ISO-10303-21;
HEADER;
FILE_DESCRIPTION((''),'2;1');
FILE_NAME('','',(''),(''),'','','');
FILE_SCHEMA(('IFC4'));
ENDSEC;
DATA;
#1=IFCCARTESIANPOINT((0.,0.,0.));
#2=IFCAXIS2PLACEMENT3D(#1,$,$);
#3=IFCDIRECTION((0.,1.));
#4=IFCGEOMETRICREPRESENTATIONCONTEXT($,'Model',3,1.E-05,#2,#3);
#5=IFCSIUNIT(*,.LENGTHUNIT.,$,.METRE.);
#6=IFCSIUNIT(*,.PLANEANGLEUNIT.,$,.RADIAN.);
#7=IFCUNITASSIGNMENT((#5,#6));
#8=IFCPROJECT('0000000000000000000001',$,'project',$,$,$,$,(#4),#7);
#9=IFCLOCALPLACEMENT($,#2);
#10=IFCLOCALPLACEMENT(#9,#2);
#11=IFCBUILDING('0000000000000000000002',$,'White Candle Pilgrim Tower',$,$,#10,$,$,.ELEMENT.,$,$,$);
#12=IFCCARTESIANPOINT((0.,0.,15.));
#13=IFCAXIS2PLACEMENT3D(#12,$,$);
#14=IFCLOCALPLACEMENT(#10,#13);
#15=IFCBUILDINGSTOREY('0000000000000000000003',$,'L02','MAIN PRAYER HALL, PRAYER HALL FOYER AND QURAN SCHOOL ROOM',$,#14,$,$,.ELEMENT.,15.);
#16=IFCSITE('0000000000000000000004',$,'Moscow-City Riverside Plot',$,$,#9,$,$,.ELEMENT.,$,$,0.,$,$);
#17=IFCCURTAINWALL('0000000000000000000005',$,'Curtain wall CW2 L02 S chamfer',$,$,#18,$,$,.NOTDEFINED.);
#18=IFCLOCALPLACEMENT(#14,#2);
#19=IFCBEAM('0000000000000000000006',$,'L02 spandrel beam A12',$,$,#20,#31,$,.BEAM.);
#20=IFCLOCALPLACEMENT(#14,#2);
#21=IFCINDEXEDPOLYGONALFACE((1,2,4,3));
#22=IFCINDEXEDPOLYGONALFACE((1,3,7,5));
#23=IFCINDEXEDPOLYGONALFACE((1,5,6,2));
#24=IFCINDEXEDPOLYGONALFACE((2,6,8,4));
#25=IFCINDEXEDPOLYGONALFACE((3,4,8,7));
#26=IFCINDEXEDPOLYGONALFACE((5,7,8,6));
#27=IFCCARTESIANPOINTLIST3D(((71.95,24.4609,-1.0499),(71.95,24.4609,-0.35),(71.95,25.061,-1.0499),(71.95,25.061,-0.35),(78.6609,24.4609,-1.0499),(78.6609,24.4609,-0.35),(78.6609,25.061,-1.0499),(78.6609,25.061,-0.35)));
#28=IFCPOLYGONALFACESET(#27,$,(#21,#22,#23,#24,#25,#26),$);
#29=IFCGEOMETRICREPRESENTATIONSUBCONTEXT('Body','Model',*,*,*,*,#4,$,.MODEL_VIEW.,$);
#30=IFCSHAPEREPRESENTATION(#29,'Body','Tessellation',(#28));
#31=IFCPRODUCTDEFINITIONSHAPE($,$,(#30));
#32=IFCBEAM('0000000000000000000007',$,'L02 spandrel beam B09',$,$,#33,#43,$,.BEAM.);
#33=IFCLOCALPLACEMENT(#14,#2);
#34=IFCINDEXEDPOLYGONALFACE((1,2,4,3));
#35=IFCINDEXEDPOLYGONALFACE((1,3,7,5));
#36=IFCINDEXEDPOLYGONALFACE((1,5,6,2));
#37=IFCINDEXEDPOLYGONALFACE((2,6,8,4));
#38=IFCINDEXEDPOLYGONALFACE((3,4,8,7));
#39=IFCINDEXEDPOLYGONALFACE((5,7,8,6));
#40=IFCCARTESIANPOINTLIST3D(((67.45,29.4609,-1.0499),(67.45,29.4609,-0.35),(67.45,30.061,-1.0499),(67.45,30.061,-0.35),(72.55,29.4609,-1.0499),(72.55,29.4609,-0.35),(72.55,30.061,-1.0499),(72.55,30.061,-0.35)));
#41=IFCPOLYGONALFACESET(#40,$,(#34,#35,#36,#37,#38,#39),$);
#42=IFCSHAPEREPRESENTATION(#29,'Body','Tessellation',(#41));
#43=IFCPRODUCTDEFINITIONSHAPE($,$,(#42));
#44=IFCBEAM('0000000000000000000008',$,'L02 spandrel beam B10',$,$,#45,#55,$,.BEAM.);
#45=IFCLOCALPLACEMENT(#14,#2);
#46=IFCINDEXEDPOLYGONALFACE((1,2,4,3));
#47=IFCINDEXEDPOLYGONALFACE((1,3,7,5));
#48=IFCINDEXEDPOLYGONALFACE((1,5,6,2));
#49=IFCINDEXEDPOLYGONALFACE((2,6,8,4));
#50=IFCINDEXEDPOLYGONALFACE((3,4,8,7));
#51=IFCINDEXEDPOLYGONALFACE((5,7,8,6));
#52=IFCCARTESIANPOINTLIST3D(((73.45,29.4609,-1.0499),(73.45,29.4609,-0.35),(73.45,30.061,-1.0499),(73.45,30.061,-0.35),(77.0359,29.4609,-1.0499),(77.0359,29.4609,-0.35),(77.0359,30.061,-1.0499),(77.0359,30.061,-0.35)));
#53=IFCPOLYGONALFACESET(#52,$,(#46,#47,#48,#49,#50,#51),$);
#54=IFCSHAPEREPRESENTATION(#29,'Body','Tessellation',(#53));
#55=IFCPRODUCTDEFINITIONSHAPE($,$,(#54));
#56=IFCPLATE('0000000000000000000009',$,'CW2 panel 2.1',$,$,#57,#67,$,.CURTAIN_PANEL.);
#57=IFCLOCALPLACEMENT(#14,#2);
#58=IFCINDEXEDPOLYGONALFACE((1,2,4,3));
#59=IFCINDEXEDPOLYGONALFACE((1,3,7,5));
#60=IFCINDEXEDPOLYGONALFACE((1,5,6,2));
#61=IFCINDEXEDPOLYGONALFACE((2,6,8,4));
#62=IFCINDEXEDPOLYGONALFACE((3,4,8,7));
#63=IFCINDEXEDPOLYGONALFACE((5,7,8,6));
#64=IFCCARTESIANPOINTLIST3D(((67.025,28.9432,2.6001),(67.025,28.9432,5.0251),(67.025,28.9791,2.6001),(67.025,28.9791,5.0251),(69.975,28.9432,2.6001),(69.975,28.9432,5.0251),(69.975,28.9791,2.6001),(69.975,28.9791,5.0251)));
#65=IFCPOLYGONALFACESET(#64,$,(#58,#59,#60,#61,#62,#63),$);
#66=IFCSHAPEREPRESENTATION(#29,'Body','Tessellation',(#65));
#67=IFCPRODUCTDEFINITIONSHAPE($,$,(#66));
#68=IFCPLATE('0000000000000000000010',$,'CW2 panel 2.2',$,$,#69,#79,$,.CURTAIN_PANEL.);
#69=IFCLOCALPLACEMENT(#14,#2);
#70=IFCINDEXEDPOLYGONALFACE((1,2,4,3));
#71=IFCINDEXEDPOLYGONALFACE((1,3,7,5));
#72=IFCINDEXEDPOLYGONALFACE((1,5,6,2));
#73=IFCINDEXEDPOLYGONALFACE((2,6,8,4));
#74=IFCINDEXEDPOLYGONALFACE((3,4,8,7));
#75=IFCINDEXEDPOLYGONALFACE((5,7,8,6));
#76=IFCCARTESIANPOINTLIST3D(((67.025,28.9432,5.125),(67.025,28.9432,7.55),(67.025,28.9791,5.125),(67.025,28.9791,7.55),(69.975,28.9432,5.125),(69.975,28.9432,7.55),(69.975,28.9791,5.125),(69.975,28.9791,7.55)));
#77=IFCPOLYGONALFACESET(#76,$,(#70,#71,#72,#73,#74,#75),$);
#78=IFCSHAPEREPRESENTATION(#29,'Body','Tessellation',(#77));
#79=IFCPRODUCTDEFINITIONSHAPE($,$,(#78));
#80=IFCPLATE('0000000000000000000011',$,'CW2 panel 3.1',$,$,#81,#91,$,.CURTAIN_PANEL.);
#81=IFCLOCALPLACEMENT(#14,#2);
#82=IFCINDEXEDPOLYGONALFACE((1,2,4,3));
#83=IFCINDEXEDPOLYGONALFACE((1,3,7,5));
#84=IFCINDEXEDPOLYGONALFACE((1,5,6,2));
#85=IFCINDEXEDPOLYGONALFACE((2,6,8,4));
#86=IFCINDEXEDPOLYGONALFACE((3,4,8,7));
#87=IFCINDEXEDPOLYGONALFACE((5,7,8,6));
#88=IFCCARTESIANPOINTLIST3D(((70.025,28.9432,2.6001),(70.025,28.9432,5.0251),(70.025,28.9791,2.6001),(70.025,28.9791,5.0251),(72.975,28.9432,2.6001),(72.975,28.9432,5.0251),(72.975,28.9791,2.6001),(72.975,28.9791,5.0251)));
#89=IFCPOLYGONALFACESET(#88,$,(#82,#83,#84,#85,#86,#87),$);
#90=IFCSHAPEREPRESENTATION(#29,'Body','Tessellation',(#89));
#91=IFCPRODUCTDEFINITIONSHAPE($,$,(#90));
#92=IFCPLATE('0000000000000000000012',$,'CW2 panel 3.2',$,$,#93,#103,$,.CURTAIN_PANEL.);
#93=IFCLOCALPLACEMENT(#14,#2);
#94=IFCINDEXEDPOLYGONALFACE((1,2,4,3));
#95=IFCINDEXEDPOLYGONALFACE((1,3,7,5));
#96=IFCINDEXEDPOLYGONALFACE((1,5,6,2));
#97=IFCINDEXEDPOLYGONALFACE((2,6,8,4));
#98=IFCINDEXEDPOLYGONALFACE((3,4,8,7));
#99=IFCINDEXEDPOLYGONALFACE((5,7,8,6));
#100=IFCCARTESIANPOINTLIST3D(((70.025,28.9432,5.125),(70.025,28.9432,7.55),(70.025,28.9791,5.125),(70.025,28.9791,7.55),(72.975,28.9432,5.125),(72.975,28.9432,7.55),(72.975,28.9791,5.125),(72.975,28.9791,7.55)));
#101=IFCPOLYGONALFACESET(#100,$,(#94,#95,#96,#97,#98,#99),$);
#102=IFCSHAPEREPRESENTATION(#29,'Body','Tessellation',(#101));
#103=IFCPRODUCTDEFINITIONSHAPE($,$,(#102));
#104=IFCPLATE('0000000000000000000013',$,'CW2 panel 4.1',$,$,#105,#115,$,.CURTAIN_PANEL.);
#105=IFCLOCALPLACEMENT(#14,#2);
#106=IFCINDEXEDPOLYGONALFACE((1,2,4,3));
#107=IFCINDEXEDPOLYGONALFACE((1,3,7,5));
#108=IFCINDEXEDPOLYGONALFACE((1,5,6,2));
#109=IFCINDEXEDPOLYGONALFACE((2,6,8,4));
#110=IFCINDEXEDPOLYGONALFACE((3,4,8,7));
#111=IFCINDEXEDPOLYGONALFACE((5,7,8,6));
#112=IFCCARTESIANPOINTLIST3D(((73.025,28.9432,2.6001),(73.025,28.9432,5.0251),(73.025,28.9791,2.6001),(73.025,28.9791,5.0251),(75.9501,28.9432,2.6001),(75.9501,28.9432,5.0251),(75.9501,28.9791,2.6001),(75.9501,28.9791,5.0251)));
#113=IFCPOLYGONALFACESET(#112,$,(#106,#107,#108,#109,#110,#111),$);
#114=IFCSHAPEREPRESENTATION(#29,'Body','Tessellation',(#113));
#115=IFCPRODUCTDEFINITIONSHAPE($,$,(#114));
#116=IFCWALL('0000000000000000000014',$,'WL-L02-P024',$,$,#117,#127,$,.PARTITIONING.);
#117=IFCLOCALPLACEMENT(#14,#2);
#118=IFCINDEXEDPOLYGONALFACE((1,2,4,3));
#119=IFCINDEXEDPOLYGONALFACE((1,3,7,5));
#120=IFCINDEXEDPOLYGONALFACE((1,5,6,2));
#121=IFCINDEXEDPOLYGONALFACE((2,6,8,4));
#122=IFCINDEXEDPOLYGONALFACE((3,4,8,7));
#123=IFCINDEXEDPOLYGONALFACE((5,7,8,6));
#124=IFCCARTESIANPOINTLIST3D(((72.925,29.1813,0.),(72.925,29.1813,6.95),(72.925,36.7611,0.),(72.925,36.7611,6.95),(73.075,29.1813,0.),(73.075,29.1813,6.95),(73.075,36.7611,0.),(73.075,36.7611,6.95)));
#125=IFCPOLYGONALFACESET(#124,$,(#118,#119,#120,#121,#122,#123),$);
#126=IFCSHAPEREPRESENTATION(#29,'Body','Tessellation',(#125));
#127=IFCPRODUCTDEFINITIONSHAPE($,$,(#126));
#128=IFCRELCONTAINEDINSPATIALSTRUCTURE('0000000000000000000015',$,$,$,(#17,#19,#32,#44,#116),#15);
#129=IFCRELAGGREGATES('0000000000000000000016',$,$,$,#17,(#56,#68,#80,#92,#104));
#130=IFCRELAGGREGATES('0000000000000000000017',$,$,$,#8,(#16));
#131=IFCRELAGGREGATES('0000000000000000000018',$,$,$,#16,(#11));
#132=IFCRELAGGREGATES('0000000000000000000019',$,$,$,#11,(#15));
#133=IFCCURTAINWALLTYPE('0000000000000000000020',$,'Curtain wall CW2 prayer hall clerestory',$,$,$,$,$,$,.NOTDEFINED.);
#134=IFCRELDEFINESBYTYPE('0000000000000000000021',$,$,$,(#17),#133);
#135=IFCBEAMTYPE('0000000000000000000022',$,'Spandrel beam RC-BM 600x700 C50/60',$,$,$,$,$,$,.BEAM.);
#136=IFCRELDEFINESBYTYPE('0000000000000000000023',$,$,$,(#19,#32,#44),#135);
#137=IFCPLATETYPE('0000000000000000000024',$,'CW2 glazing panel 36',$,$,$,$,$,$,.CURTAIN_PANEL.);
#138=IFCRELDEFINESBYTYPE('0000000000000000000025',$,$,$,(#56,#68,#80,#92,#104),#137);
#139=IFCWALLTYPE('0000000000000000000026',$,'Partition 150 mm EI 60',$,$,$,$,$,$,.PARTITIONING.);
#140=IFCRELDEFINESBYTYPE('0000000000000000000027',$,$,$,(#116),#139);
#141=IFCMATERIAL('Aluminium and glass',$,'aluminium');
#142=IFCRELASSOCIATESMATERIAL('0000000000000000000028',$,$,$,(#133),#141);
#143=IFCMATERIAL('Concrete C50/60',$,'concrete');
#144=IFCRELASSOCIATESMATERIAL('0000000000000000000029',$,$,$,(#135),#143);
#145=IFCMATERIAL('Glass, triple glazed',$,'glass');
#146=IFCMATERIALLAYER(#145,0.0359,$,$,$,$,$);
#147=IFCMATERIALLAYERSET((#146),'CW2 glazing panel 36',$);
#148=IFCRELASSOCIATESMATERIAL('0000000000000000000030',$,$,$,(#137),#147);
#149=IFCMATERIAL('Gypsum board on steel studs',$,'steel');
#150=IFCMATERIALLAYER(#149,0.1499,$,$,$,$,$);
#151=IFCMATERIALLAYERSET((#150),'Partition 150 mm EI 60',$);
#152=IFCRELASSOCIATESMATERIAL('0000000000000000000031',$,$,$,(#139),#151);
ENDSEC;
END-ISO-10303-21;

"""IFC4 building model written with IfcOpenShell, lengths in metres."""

from ifc_helpers import new_model, si_unit, direction, frame, frame_2d, origin, origin_2d, place, context, subcontext, project, spatial, rectangle, extrude, material, layer, layer_set, material_profile, profile_set, type_object, element, aggregate, save


model = new_model("IFC4")

# Units and contexts
model_context = context("Model", 3, precision=1e-05, world=origin(), true_north=direction((0.0, 1.0)))
body_context = subcontext(model_context, "Body", "Model", "MODEL_VIEW")
ifc_project = project(units=[si_unit("LENGTHUNIT", "METRE"), si_unit("PLANEANGLEUNIT", "RADIAN")], contexts=[model_context])

# Site, building, storey
site_placement = place(None, origin())
site = spatial("IfcSite", under=ifc_project, at=site_placement, Name="Moscow-City Riverside Plot", CompositionType="ELEMENT", RefElevation=0.0)
building_placement = place(site_placement, origin())
building = spatial("IfcBuilding", under=site, at=building_placement, Name="White Candle Pilgrim Tower", CompositionType="ELEMENT")
storey_placement = place(building_placement, frame((0.0, 0.0, 15.0)))
storey = spatial("IfcBuildingStorey", under=building, at=storey_placement, Name="L02", Description="MAIN PRAYER HALL, PRAYER HALL FOYER AND QURAN SCHOOL ROOM", CompositionType="ELEMENT", Elevation=15.0)

# Curtain wall
ifc_material_1 = material(Name="Aluminium and glass", Category="aluminium")
curtain_wall_type = type_object("IfcCurtainWallType", Name="Curtain wall CW2 prayer hall clerestory", PredefinedType="NOTDEFINED", material=ifc_material_1)
curtain_wall_placement = place(storey_placement, origin())
curtain_wall = element("IfcCurtainWall", 1, at=curtain_wall_placement, inside=storey, type_object=curtain_wall_type, Name="Curtain wall CW2 L02 S chamfer", PredefinedType="NOTDEFINED")

# Beams
ifc_material_2 = material(Name="Concrete C50/60", Category="concrete")
ifc_material_profile_1 = material_profile(ifc_material_2, rectangle(XDim=0.6001, YDim=0.7, at=origin_2d()), Name="RC-BM 600x700")
ifc_profile_set_1 = profile_set([ifc_material_profile_1], Name="Concrete C50/60")
beam_type = type_object("IfcBeamType", Name="Spandrel beam RC-BM 600x700 C50/60", PredefinedType="BEAM", material=ifc_profile_set_1)
beam_1_placement = place(storey_placement, frame((71.95, 24.761, -0.7), z_axis=(1.0, 0.0, 0.0), x_axis=(0.0, 1.0, 0.0)))
element("IfcBeam", 2, at=beam_1_placement, inside=storey, type_object=beam_type, Name="L02 spandrel beam A12", PredefinedType="BEAM", context=body_context, shape_type="SweptSolid", body=[
    extrude(rectangle(XDim=0.6001, YDim=0.7, at=origin_2d()), origin(), (0.0, 0.0, 1.0), 6.7109),
])
beam_2_placement = place(storey_placement, frame((67.45, 29.761, -0.7), z_axis=(1.0, 0.0, 0.0), x_axis=(0.0, 1.0, 0.0)))
element("IfcBeam", 3, at=beam_2_placement, inside=storey, type_object=beam_type, Name="L02 spandrel beam B09", PredefinedType="BEAM", context=body_context, shape_type="SweptSolid", body=[
    extrude(rectangle(XDim=0.6001, YDim=0.7, at=origin_2d()), origin(), (0.0, 0.0, 1.0), 5.1001),
])
beam_3_placement = place(storey_placement, frame((73.45, 29.761, -0.7), z_axis=(1.0, 0.0, 0.0), x_axis=(0.0, 1.0, 0.0)))
element("IfcBeam", 4, at=beam_3_placement, inside=storey, type_object=beam_type, Name="L02 spandrel beam B10", PredefinedType="BEAM", context=body_context, shape_type="SweptSolid", body=[
    extrude(rectangle(XDim=0.6001, YDim=0.7, at=origin_2d()), origin(), (0.0, 0.0, 1.0), 3.5859),
])

# Plates
ifc_material_3 = material(Name="Glass, triple glazed", Category="glass")
ifc_layer_1 = layer(ifc_material_3, 0.0359)
ifc_layer_set_1 = layer_set([ifc_layer_1], Name="CW2 glazing panel 36")
plate_type = type_object("IfcPlateType", Name="CW2 glazing panel 36", PredefinedType="CURTAIN_PANEL", material=ifc_layer_set_1)
plate_1_placement = place(storey_placement, frame((68.5, 28.9612, 2.6001), z_axis=(0.0, 0.0, 1.0), x_axis=(1.0, 0.0, 0.0)))
plate_1 = element("IfcPlate", 5, at=plate_1_placement, type_object=plate_type, Name="CW2 panel 2.1", PredefinedType="CURTAIN_PANEL", context=body_context, shape_type="SweptSolid", body=[
    extrude(rectangle(XDim=2.95, YDim=0.0359, at=origin_2d()), origin(), (0.0, 0.0, 1.0), 2.425),
])
plate_2_placement = place(storey_placement, frame((68.5, 28.9612, 5.125), z_axis=(0.0, 0.0, 1.0), x_axis=(1.0, 0.0, 0.0)))
plate_2 = element("IfcPlate", 6, at=plate_2_placement, type_object=plate_type, Name="CW2 panel 2.2", PredefinedType="CURTAIN_PANEL", context=body_context, shape_type="SweptSolid", body=[
    extrude(rectangle(XDim=2.95, YDim=0.0359, at=origin_2d()), origin(), (0.0, 0.0, 1.0), 2.425),
])
plate_3_placement = place(storey_placement, frame((71.5, 28.9612, 2.6001), z_axis=(0.0, 0.0, 1.0), x_axis=(1.0, 0.0, 0.0)))
plate_3 = element("IfcPlate", 7, at=plate_3_placement, type_object=plate_type, Name="CW2 panel 3.1", PredefinedType="CURTAIN_PANEL", context=body_context, shape_type="SweptSolid", body=[
    extrude(rectangle(XDim=2.95, YDim=0.0359, at=origin_2d()), origin(), (0.0, 0.0, 1.0), 2.425),
])
plate_4_placement = place(storey_placement, frame((71.5, 28.9612, 5.125), z_axis=(0.0, 0.0, 1.0), x_axis=(1.0, 0.0, 0.0)))
plate_4 = element("IfcPlate", 8, at=plate_4_placement, type_object=plate_type, Name="CW2 panel 3.2", PredefinedType="CURTAIN_PANEL", context=body_context, shape_type="SweptSolid", body=[
    extrude(rectangle(XDim=2.95, YDim=0.0359, at=origin_2d()), origin(), (0.0, 0.0, 1.0), 2.425),
])
plate_5_placement = place(storey_placement, frame((74.4875, 28.9612, 2.6001), z_axis=(0.0, 0.0, 1.0), x_axis=(1.0, 0.0, 0.0)))
plate_5 = element("IfcPlate", 9, at=plate_5_placement, type_object=plate_type, Name="CW2 panel 4.1", PredefinedType="CURTAIN_PANEL", context=body_context, shape_type="SweptSolid", body=[
    extrude(rectangle(XDim=2.925, YDim=0.0359, at=origin_2d()), origin(), (0.0, 0.0, 1.0), 2.425),
])
aggregate(curtain_wall, [plate_1, plate_2, plate_3, plate_4, plate_5])

# Wall
ifc_material_4 = material(Name="Gypsum board on steel studs", Category="steel")
ifc_layer_2 = layer(ifc_material_4, 0.1499)
ifc_layer_set_2 = layer_set([ifc_layer_2], Name="Partition 150 mm EI 60")
wall_type = type_object("IfcWallType", Name="Partition 150 mm EI 60", PredefinedType="PARTITIONING", material=ifc_layer_set_2)
wall_placement = place(storey_placement, frame((73.0, 29.1812, 0.0), z_axis=(0.0, 0.0, 1.0), x_axis=(0.0, 1.0, 0.0)))
element("IfcWall", 10, at=wall_placement, inside=storey, type_object=wall_type, Name="WL-L02-P024", PredefinedType="PARTITIONING", context=body_context, shape_type="SweptSolid", body=[
    extrude(rectangle(XDim=7.5798, YDim=0.1499, at=frame_2d((3.79, 0.0))), origin(), (0.0, 0.0, 1.0), 6.95),
])

save(model, "model.ifc")
